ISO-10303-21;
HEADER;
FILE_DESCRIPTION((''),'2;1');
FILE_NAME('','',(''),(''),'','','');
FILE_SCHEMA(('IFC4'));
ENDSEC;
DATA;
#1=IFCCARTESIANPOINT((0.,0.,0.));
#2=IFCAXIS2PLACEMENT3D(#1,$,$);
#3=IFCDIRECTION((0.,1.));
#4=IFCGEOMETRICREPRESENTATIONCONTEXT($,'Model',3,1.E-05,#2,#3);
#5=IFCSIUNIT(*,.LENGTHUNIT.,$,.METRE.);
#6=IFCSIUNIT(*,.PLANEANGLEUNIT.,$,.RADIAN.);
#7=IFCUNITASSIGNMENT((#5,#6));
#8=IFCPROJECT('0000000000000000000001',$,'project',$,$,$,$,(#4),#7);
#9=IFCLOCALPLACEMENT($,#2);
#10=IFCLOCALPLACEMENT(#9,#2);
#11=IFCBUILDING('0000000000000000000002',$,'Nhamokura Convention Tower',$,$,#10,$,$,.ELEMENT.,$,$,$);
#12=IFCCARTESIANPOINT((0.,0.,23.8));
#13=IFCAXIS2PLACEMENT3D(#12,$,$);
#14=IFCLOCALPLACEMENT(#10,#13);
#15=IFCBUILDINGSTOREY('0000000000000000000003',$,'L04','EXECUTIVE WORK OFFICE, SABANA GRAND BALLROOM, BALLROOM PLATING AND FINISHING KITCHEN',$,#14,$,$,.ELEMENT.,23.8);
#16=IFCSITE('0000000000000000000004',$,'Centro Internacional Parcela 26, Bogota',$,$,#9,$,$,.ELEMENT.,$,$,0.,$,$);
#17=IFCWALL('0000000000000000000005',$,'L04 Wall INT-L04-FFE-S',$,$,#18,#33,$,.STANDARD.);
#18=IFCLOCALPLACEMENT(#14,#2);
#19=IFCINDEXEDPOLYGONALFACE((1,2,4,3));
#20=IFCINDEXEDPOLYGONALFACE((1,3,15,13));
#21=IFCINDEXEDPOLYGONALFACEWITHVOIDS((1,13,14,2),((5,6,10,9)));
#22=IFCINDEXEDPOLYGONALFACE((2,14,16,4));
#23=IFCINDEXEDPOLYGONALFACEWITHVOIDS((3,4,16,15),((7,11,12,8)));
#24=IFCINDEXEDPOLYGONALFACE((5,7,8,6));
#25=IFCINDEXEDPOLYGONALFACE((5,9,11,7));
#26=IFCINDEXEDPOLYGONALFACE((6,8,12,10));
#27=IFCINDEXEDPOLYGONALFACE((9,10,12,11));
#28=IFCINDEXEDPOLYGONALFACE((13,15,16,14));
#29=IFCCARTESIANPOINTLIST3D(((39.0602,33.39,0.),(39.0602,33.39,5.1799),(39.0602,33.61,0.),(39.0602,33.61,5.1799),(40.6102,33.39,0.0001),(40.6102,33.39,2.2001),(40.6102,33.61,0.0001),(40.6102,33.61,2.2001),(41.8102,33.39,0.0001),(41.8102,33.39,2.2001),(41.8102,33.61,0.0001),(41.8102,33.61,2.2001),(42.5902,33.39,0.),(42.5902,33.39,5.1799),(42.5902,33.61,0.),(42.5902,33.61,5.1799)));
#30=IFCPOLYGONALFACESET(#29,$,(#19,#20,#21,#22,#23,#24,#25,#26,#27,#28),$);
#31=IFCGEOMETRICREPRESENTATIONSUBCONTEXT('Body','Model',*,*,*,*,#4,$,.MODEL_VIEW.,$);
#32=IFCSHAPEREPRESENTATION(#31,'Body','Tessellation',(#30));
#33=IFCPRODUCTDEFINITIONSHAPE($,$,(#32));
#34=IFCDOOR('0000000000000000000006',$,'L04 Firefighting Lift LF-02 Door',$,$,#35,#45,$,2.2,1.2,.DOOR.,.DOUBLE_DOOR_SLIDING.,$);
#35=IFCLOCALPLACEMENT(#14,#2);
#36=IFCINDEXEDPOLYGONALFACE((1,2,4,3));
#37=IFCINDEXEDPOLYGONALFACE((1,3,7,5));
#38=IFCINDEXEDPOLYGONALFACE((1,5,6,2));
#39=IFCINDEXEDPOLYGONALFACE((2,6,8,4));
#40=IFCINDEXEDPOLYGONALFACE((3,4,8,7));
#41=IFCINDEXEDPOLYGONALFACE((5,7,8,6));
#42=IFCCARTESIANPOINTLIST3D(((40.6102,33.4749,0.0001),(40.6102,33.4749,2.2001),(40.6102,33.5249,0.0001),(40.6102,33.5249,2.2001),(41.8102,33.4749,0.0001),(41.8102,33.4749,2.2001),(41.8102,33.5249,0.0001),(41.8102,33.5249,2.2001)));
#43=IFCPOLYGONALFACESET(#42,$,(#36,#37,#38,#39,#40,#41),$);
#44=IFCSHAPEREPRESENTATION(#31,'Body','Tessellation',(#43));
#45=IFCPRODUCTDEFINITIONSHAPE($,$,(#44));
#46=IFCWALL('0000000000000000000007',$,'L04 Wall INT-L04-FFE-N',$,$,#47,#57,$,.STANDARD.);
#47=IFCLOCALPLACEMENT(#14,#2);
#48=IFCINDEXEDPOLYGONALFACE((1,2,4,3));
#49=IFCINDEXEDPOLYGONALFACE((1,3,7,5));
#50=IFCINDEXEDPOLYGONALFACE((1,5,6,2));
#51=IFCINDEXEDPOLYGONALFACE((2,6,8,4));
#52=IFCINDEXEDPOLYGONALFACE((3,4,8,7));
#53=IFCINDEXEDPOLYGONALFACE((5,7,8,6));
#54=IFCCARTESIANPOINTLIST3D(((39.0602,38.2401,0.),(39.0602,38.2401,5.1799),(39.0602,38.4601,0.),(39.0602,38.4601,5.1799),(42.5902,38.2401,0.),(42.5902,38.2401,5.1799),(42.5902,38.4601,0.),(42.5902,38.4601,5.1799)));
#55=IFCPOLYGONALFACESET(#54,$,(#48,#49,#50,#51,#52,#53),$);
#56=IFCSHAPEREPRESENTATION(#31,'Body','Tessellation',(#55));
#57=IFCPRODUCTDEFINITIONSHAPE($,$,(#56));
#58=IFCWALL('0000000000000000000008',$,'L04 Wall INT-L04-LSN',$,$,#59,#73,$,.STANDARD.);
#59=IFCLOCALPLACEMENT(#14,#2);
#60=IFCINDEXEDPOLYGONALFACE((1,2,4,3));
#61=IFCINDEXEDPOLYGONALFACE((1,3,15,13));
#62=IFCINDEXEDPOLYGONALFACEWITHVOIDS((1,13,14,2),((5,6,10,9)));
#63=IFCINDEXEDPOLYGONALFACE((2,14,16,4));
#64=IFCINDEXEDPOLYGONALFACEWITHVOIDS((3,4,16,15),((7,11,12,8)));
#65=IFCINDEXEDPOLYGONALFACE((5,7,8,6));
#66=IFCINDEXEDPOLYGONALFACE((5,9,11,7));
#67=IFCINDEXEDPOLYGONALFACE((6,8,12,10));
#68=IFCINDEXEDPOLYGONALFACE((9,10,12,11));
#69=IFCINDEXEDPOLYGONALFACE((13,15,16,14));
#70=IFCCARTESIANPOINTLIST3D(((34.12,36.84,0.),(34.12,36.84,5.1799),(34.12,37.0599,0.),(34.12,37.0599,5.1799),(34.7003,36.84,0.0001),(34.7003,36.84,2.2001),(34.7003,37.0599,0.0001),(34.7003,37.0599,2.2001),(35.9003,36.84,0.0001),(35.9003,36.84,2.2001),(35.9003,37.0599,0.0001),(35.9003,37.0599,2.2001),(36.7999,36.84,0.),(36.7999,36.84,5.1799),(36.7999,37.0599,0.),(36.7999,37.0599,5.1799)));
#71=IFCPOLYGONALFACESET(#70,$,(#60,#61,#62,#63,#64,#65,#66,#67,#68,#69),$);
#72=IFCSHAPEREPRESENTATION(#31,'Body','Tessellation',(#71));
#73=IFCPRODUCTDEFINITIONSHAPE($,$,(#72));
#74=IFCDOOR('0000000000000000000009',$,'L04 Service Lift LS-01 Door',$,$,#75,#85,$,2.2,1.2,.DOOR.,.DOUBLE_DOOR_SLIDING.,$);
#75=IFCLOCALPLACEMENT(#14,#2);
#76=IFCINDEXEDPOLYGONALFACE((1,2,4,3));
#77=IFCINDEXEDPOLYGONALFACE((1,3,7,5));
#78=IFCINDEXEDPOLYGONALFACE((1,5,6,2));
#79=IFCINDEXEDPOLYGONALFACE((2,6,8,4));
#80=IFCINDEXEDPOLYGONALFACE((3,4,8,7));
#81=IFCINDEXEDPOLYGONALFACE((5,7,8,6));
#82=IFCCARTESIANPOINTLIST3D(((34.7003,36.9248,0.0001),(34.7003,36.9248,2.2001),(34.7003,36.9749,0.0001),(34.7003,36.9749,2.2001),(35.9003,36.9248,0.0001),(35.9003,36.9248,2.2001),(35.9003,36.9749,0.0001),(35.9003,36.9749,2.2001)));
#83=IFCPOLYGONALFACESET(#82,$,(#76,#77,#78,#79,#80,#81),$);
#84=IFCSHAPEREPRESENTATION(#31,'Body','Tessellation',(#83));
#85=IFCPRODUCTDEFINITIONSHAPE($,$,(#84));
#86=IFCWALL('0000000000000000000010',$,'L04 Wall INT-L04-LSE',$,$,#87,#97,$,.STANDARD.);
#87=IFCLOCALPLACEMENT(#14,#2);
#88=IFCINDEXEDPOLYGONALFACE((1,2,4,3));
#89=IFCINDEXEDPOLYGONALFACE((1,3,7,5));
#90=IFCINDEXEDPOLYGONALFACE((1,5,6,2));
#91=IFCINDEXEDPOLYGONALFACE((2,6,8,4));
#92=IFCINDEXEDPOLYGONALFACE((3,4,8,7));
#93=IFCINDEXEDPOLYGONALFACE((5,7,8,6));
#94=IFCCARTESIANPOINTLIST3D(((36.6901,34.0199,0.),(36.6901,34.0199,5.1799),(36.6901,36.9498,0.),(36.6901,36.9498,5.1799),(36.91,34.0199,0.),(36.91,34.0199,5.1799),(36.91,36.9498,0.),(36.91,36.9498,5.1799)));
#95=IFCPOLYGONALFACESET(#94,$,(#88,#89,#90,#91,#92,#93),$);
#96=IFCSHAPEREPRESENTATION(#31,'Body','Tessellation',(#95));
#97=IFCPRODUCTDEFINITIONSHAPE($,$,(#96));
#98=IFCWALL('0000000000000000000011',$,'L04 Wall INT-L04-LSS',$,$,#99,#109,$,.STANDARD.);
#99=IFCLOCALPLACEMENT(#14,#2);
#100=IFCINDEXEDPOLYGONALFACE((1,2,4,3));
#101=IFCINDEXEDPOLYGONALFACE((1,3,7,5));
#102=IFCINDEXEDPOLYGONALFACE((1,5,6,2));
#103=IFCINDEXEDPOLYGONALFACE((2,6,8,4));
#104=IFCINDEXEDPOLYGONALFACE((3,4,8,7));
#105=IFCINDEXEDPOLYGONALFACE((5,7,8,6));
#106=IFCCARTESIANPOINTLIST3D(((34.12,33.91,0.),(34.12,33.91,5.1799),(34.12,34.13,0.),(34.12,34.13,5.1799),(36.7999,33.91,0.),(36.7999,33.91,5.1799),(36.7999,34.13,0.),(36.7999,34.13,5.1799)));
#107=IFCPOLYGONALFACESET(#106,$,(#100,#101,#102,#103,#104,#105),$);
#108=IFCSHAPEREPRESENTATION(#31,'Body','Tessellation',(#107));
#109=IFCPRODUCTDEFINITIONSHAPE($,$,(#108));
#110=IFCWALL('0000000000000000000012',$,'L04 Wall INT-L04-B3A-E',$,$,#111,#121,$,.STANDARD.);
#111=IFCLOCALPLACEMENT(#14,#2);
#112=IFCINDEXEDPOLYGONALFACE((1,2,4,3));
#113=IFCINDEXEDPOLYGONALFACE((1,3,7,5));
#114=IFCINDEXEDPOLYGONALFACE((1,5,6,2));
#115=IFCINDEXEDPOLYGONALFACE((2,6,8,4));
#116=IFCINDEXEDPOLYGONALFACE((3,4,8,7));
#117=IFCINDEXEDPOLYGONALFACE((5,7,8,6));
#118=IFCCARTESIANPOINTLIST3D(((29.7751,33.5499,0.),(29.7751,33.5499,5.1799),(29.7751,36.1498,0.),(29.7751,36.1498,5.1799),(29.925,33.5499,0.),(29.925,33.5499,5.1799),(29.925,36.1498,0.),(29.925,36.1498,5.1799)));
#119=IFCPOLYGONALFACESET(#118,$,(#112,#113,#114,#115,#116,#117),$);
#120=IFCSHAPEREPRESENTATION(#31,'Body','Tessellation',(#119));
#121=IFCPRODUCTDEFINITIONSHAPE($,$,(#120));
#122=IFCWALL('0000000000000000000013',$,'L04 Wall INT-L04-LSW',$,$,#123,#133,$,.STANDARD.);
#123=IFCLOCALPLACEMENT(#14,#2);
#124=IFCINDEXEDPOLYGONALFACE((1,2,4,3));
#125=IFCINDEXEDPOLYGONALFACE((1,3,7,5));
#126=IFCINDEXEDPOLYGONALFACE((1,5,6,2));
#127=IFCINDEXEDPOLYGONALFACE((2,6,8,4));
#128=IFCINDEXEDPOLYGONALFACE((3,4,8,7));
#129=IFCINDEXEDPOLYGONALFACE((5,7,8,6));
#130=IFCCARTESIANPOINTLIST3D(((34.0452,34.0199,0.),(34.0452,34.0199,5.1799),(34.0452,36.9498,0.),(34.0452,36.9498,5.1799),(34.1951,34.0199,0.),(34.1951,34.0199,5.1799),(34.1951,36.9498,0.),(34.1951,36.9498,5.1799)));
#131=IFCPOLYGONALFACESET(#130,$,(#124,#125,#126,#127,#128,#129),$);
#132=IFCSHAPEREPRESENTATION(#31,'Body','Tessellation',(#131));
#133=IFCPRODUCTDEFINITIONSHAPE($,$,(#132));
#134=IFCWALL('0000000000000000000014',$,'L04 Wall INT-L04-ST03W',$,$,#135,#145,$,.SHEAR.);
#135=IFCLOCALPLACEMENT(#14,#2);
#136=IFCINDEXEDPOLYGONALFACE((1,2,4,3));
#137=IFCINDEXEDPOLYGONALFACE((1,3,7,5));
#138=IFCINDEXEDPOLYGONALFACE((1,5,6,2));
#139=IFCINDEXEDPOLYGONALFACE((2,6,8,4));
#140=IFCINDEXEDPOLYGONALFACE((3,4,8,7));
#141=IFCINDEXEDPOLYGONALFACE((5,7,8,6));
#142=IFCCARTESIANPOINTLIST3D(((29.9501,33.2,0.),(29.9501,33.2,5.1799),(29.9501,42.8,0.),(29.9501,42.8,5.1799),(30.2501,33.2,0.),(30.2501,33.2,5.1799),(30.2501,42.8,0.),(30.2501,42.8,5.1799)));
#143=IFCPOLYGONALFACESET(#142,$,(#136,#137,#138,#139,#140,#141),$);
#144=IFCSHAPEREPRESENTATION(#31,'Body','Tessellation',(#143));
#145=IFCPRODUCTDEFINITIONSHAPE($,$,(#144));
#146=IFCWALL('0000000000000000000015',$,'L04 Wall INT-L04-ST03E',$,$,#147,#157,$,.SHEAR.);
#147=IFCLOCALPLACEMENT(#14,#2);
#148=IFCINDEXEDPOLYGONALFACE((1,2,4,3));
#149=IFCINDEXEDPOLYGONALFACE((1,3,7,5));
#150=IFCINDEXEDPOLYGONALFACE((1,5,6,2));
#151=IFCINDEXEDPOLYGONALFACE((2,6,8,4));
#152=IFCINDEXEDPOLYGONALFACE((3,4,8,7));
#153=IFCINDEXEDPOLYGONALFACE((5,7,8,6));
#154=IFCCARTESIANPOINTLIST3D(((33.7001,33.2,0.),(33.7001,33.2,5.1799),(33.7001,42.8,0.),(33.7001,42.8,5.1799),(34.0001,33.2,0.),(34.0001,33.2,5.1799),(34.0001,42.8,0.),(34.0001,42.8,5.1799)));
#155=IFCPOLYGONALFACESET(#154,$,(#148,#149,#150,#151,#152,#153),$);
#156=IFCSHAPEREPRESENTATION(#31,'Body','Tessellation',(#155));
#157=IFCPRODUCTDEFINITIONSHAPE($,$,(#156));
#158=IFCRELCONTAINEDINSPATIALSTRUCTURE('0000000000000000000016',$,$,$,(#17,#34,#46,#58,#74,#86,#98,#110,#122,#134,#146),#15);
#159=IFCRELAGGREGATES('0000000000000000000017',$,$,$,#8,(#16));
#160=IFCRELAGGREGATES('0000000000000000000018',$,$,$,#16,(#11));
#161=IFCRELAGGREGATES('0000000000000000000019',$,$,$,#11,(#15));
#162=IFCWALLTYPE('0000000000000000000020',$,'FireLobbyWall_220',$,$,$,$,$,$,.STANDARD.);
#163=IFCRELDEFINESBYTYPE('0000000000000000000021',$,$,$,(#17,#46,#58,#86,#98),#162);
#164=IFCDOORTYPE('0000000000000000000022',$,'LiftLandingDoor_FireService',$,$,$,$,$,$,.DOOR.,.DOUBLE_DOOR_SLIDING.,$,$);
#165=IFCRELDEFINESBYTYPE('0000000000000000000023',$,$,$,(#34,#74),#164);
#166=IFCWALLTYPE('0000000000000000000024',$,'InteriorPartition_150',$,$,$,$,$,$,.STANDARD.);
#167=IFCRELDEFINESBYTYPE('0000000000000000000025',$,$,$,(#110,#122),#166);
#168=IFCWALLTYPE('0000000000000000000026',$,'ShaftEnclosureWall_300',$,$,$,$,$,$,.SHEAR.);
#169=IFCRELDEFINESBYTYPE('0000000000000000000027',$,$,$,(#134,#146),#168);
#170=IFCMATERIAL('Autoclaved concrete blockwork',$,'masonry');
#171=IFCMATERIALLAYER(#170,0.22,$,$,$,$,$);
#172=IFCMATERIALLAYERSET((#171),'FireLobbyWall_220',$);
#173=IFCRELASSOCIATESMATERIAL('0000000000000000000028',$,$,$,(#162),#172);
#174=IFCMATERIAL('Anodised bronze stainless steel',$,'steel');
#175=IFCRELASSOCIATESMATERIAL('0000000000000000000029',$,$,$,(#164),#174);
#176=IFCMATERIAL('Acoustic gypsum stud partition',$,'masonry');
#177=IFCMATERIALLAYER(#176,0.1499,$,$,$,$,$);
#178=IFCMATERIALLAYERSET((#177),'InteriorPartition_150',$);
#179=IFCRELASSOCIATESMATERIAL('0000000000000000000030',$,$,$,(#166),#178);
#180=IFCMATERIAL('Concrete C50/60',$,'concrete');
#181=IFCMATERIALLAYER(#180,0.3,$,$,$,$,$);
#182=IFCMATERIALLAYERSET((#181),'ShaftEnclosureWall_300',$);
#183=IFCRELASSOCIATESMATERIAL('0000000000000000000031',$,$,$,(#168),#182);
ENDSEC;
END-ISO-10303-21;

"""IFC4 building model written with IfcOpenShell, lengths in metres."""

from ifc_helpers import new_model, si_unit, direction, frame, frame_2d, origin, place, context, subcontext, project, spatial, rectangle, extrude, material, layer, layer_set, type_object, element, fill, save


model = new_model("IFC4")

# Units and contexts
model_context = context("Model", 3, precision=1e-05, world=origin(), true_north=direction((0.0, 1.0)))
body_context = subcontext(model_context, "Body", "Model", "MODEL_VIEW")
ifc_project = project(units=[si_unit("LENGTHUNIT", "METRE"), si_unit("PLANEANGLEUNIT", "RADIAN")], contexts=[model_context])

# Site, building, storey
site_placement = place(None, origin())
site = spatial("IfcSite", under=ifc_project, at=site_placement, Name="Centro Internacional Parcela 26, Bogota", CompositionType="ELEMENT", RefElevation=0.0)
building_placement = place(site_placement, origin())
building = spatial("IfcBuilding", under=site, at=building_placement, Name="Nhamokura Convention Tower", CompositionType="ELEMENT")
storey_placement = place(building_placement, frame((0.0, 0.0, 23.8)))
storey = spatial("IfcBuildingStorey", under=building, at=storey_placement, Name="L04", Description="EXECUTIVE WORK OFFICE, SABANA GRAND BALLROOM, BALLROOM PLATING AND FINISHING KITCHEN", CompositionType="ELEMENT", Elevation=23.8)

# Wall, opening, door
ifc_material_1 = material(Name="Autoclaved concrete blockwork", Category="masonry")
ifc_layer_1 = layer(ifc_material_1, 0.22)
ifc_layer_set_1 = layer_set([ifc_layer_1], Name="FireLobbyWall_220")
wall_type_1 = type_object("IfcWallType", Name="FireLobbyWall_220", PredefinedType="STANDARD", material=ifc_layer_set_1)
wall_1_placement = place(storey_placement, frame((39.0601, 33.5, 0.0), z_axis=(0.0, 0.0, 1.0), x_axis=(1.0, 0.0, 0.0)))
wall_1 = element("IfcWall", 1, at=wall_1_placement, inside=storey, type_object=wall_type_1, Name="L04 Wall INT-L04-FFE-S", PredefinedType="STANDARD", context=body_context, shape_type="SweptSolid", body=[
    extrude(rectangle(XDim=3.53, YDim=0.22, at=frame_2d((1.7651, 0.0))), origin(), (0.0, 0.0, 1.0), 5.1799),
])
opening_1_placement = place(wall_1_placement, frame((1.55, 0.0, 0.0)))
opening_1 = element("IfcOpeningElement", 2, at=opening_1_placement, cuts=wall_1, PredefinedType="OPENING", context=body_context, shape_type="SweptSolid", body=[
    extrude(rectangle(XDim=1.2, YDim=2.2, at=frame_2d((0.6001, 1.1001))), frame((0.0, 0.1199, 0.0), z_axis=(0.0, -1.0, 0.0), x_axis=(1.0, 0.0, 0.0)), (0.0, 0.0, 1.0), 0.24),
])
ifc_material_2 = material(Name="Anodised bronze stainless steel", Category="steel")
door_type_1 = type_object("IfcDoorType", Name="LiftLandingDoor_FireService", OperationType="DOUBLE_DOOR_SLIDING", PredefinedType="DOOR", material=ifc_material_2)
door_1_placement = place(opening_1_placement, origin())
door_1 = element("IfcDoor", 3, at=door_1_placement, inside=storey, type_object=door_type_1, Name="L04 Firefighting Lift LF-02 Door", OperationType="DOUBLE_DOOR_SLIDING", OverallHeight=2.2, OverallWidth=1.2, PredefinedType="DOOR", context=body_context, shape_type="SweptSolid", body=[
    extrude(rectangle(XDim=1.2, YDim=2.2, at=frame_2d((0.6001, 1.1001))), frame((0.0, 0.0249, 0.0), z_axis=(0.0, -1.0, 0.0), x_axis=(1.0, 0.0, 0.0)), (0.0, 0.0, 1.0), 0.05),
])
fill(opening_1, door_1)

# Wall
wall_2_placement = place(storey_placement, frame((39.0601, 38.3501, 0.0), z_axis=(0.0, 0.0, 1.0), x_axis=(1.0, 0.0, 0.0)))
element("IfcWall", 4, at=wall_2_placement, inside=storey, type_object=wall_type_1, Name="L04 Wall INT-L04-FFE-N", PredefinedType="STANDARD", context=body_context, shape_type="SweptSolid", body=[
    extrude(rectangle(XDim=3.53, YDim=0.22, at=frame_2d((1.7651, 0.0))), origin(), (0.0, 0.0, 1.0), 5.1799),
])

# Wall, opening, door
wall_3_placement = place(storey_placement, frame((34.1201, 36.95, 0.0), z_axis=(0.0, 0.0, 1.0), x_axis=(1.0, 0.0, 0.0)))
wall_3 = element("IfcWall", 5, at=wall_3_placement, inside=storey, type_object=wall_type_1, Name="L04 Wall INT-L04-LSN", PredefinedType="STANDARD", context=body_context, shape_type="SweptSolid", body=[
    extrude(rectangle(XDim=2.6799, YDim=0.22, at=frame_2d((1.3398, 0.0))), origin(), (0.0, 0.0, 1.0), 5.1799),
])
opening_2_placement = place(wall_3_placement, frame((0.5801, 0.0, 0.0)))
opening_2 = element("IfcOpeningElement", 6, at=opening_2_placement, cuts=wall_3, PredefinedType="OPENING", context=body_context, shape_type="SweptSolid", body=[
    extrude(rectangle(XDim=1.2, YDim=2.2, at=frame_2d((0.6001, 1.1001))), frame((0.0, 0.1199, 0.0), z_axis=(0.0, -1.0, 0.0), x_axis=(1.0, 0.0, 0.0)), (0.0, 0.0, 1.0), 0.24),
])
door_2_placement = place(opening_2_placement, origin())
door_2 = element("IfcDoor", 7, at=door_2_placement, inside=storey, type_object=door_type_1, Name="L04 Service Lift LS-01 Door", OperationType="DOUBLE_DOOR_SLIDING", OverallHeight=2.2, OverallWidth=1.2, PredefinedType="DOOR", context=body_context, shape_type="SweptSolid", body=[
    extrude(rectangle(XDim=1.2, YDim=2.2, at=frame_2d((0.6001, 1.1001))), frame((0.0, 0.0249, 0.0), z_axis=(0.0, -1.0, 0.0), x_axis=(1.0, 0.0, 0.0)), (0.0, 0.0, 1.0), 0.05),
])
fill(opening_2, door_2)

# Walls
wall_4_placement = place(storey_placement, frame((36.8, 34.02, 0.0), z_axis=(0.0, 0.0, 1.0), x_axis=(0.0, 1.0, 0.0)))
element("IfcWall", 8, at=wall_4_placement, inside=storey, type_object=wall_type_1, Name="L04 Wall INT-L04-LSE", PredefinedType="STANDARD", context=body_context, shape_type="SweptSolid", body=[
    extrude(rectangle(XDim=2.9299, YDim=0.22, at=frame_2d((1.4648, 0.0))), origin(), (0.0, 0.0, 1.0), 5.1799),
])
wall_5_placement = place(storey_placement, frame((34.1201, 34.02, 0.0), z_axis=(0.0, 0.0, 1.0), x_axis=(1.0, 0.0, 0.0)))
element("IfcWall", 9, at=wall_5_placement, inside=storey, type_object=wall_type_1, Name="L04 Wall INT-L04-LSS", PredefinedType="STANDARD", context=body_context, shape_type="SweptSolid", body=[
    extrude(rectangle(XDim=2.6799, YDim=0.22, at=frame_2d((1.3398, 0.0))), origin(), (0.0, 0.0, 1.0), 5.1799),
])
ifc_material_3 = material(Name="Acoustic gypsum stud partition", Category="masonry")
ifc_layer_2 = layer(ifc_material_3, 0.1499)
ifc_layer_set_2 = layer_set([ifc_layer_2], Name="InteriorPartition_150")
wall_type_2 = type_object("IfcWallType", Name="InteriorPartition_150", PredefinedType="STANDARD", material=ifc_layer_set_2)
wall_6_placement = place(storey_placement, frame((29.8501, 33.55, 0.0), z_axis=(0.0, 0.0, 1.0), x_axis=(0.0, 1.0, 0.0)))
element("IfcWall", 10, at=wall_6_placement, inside=storey, type_object=wall_type_2, Name="L04 Wall INT-L04-B3A-E", PredefinedType="STANDARD", context=body_context, shape_type="SweptSolid", body=[
    extrude(rectangle(XDim=2.5999, YDim=0.1499, at=frame_2d((1.2998, 0.0))), origin(), (0.0, 0.0, 1.0), 5.1799),
])
wall_7_placement = place(storey_placement, frame((34.1201, 34.02, 0.0), z_axis=(0.0, 0.0, 1.0), x_axis=(0.0, 1.0, 0.0)))
element("IfcWall", 11, at=wall_7_placement, inside=storey, type_object=wall_type_2, Name="L04 Wall INT-L04-LSW", PredefinedType="STANDARD", context=body_context, shape_type="SweptSolid", body=[
    extrude(rectangle(XDim=2.9299, YDim=0.1499, at=frame_2d((1.4648, 0.0))), origin(), (0.0, 0.0, 1.0), 5.1799),
])
ifc_material_4 = material(Name="Concrete C50/60", Category="concrete")
ifc_layer_3 = layer(ifc_material_4, 0.3)
ifc_layer_set_3 = layer_set([ifc_layer_3], Name="ShaftEnclosureWall_300")
wall_type_3 = type_object("IfcWallType", Name="ShaftEnclosureWall_300", PredefinedType="SHEAR", material=ifc_layer_set_3)
for number, where, z_axis, x_axis, name in (
    (12, (30.1001, 33.2, 0.0), (0.0, 0.0, 1.0), (0.0, 1.0, 0.0), "L04 Wall INT-L04-ST03W"),
    (13, (33.8501, 33.2, 0.0), (0.0, 0.0, 1.0), (0.0, 1.0, 0.0), "L04 Wall INT-L04-ST03E"),
):
    element("IfcWall", number, at=place(storey_placement, frame(where, z_axis=z_axis, x_axis=x_axis)), inside=storey, type_object=wall_type_3, Name=name, PredefinedType="SHEAR", context=body_context, shape_type="SweptSolid", body=[
        extrude(rectangle(XDim=9.6001, YDim=0.3, at=frame_2d((4.8, 0.0))), origin(), (0.0, 0.0, 1.0), 5.1799),
    ])

save(model, "model.ifc")
